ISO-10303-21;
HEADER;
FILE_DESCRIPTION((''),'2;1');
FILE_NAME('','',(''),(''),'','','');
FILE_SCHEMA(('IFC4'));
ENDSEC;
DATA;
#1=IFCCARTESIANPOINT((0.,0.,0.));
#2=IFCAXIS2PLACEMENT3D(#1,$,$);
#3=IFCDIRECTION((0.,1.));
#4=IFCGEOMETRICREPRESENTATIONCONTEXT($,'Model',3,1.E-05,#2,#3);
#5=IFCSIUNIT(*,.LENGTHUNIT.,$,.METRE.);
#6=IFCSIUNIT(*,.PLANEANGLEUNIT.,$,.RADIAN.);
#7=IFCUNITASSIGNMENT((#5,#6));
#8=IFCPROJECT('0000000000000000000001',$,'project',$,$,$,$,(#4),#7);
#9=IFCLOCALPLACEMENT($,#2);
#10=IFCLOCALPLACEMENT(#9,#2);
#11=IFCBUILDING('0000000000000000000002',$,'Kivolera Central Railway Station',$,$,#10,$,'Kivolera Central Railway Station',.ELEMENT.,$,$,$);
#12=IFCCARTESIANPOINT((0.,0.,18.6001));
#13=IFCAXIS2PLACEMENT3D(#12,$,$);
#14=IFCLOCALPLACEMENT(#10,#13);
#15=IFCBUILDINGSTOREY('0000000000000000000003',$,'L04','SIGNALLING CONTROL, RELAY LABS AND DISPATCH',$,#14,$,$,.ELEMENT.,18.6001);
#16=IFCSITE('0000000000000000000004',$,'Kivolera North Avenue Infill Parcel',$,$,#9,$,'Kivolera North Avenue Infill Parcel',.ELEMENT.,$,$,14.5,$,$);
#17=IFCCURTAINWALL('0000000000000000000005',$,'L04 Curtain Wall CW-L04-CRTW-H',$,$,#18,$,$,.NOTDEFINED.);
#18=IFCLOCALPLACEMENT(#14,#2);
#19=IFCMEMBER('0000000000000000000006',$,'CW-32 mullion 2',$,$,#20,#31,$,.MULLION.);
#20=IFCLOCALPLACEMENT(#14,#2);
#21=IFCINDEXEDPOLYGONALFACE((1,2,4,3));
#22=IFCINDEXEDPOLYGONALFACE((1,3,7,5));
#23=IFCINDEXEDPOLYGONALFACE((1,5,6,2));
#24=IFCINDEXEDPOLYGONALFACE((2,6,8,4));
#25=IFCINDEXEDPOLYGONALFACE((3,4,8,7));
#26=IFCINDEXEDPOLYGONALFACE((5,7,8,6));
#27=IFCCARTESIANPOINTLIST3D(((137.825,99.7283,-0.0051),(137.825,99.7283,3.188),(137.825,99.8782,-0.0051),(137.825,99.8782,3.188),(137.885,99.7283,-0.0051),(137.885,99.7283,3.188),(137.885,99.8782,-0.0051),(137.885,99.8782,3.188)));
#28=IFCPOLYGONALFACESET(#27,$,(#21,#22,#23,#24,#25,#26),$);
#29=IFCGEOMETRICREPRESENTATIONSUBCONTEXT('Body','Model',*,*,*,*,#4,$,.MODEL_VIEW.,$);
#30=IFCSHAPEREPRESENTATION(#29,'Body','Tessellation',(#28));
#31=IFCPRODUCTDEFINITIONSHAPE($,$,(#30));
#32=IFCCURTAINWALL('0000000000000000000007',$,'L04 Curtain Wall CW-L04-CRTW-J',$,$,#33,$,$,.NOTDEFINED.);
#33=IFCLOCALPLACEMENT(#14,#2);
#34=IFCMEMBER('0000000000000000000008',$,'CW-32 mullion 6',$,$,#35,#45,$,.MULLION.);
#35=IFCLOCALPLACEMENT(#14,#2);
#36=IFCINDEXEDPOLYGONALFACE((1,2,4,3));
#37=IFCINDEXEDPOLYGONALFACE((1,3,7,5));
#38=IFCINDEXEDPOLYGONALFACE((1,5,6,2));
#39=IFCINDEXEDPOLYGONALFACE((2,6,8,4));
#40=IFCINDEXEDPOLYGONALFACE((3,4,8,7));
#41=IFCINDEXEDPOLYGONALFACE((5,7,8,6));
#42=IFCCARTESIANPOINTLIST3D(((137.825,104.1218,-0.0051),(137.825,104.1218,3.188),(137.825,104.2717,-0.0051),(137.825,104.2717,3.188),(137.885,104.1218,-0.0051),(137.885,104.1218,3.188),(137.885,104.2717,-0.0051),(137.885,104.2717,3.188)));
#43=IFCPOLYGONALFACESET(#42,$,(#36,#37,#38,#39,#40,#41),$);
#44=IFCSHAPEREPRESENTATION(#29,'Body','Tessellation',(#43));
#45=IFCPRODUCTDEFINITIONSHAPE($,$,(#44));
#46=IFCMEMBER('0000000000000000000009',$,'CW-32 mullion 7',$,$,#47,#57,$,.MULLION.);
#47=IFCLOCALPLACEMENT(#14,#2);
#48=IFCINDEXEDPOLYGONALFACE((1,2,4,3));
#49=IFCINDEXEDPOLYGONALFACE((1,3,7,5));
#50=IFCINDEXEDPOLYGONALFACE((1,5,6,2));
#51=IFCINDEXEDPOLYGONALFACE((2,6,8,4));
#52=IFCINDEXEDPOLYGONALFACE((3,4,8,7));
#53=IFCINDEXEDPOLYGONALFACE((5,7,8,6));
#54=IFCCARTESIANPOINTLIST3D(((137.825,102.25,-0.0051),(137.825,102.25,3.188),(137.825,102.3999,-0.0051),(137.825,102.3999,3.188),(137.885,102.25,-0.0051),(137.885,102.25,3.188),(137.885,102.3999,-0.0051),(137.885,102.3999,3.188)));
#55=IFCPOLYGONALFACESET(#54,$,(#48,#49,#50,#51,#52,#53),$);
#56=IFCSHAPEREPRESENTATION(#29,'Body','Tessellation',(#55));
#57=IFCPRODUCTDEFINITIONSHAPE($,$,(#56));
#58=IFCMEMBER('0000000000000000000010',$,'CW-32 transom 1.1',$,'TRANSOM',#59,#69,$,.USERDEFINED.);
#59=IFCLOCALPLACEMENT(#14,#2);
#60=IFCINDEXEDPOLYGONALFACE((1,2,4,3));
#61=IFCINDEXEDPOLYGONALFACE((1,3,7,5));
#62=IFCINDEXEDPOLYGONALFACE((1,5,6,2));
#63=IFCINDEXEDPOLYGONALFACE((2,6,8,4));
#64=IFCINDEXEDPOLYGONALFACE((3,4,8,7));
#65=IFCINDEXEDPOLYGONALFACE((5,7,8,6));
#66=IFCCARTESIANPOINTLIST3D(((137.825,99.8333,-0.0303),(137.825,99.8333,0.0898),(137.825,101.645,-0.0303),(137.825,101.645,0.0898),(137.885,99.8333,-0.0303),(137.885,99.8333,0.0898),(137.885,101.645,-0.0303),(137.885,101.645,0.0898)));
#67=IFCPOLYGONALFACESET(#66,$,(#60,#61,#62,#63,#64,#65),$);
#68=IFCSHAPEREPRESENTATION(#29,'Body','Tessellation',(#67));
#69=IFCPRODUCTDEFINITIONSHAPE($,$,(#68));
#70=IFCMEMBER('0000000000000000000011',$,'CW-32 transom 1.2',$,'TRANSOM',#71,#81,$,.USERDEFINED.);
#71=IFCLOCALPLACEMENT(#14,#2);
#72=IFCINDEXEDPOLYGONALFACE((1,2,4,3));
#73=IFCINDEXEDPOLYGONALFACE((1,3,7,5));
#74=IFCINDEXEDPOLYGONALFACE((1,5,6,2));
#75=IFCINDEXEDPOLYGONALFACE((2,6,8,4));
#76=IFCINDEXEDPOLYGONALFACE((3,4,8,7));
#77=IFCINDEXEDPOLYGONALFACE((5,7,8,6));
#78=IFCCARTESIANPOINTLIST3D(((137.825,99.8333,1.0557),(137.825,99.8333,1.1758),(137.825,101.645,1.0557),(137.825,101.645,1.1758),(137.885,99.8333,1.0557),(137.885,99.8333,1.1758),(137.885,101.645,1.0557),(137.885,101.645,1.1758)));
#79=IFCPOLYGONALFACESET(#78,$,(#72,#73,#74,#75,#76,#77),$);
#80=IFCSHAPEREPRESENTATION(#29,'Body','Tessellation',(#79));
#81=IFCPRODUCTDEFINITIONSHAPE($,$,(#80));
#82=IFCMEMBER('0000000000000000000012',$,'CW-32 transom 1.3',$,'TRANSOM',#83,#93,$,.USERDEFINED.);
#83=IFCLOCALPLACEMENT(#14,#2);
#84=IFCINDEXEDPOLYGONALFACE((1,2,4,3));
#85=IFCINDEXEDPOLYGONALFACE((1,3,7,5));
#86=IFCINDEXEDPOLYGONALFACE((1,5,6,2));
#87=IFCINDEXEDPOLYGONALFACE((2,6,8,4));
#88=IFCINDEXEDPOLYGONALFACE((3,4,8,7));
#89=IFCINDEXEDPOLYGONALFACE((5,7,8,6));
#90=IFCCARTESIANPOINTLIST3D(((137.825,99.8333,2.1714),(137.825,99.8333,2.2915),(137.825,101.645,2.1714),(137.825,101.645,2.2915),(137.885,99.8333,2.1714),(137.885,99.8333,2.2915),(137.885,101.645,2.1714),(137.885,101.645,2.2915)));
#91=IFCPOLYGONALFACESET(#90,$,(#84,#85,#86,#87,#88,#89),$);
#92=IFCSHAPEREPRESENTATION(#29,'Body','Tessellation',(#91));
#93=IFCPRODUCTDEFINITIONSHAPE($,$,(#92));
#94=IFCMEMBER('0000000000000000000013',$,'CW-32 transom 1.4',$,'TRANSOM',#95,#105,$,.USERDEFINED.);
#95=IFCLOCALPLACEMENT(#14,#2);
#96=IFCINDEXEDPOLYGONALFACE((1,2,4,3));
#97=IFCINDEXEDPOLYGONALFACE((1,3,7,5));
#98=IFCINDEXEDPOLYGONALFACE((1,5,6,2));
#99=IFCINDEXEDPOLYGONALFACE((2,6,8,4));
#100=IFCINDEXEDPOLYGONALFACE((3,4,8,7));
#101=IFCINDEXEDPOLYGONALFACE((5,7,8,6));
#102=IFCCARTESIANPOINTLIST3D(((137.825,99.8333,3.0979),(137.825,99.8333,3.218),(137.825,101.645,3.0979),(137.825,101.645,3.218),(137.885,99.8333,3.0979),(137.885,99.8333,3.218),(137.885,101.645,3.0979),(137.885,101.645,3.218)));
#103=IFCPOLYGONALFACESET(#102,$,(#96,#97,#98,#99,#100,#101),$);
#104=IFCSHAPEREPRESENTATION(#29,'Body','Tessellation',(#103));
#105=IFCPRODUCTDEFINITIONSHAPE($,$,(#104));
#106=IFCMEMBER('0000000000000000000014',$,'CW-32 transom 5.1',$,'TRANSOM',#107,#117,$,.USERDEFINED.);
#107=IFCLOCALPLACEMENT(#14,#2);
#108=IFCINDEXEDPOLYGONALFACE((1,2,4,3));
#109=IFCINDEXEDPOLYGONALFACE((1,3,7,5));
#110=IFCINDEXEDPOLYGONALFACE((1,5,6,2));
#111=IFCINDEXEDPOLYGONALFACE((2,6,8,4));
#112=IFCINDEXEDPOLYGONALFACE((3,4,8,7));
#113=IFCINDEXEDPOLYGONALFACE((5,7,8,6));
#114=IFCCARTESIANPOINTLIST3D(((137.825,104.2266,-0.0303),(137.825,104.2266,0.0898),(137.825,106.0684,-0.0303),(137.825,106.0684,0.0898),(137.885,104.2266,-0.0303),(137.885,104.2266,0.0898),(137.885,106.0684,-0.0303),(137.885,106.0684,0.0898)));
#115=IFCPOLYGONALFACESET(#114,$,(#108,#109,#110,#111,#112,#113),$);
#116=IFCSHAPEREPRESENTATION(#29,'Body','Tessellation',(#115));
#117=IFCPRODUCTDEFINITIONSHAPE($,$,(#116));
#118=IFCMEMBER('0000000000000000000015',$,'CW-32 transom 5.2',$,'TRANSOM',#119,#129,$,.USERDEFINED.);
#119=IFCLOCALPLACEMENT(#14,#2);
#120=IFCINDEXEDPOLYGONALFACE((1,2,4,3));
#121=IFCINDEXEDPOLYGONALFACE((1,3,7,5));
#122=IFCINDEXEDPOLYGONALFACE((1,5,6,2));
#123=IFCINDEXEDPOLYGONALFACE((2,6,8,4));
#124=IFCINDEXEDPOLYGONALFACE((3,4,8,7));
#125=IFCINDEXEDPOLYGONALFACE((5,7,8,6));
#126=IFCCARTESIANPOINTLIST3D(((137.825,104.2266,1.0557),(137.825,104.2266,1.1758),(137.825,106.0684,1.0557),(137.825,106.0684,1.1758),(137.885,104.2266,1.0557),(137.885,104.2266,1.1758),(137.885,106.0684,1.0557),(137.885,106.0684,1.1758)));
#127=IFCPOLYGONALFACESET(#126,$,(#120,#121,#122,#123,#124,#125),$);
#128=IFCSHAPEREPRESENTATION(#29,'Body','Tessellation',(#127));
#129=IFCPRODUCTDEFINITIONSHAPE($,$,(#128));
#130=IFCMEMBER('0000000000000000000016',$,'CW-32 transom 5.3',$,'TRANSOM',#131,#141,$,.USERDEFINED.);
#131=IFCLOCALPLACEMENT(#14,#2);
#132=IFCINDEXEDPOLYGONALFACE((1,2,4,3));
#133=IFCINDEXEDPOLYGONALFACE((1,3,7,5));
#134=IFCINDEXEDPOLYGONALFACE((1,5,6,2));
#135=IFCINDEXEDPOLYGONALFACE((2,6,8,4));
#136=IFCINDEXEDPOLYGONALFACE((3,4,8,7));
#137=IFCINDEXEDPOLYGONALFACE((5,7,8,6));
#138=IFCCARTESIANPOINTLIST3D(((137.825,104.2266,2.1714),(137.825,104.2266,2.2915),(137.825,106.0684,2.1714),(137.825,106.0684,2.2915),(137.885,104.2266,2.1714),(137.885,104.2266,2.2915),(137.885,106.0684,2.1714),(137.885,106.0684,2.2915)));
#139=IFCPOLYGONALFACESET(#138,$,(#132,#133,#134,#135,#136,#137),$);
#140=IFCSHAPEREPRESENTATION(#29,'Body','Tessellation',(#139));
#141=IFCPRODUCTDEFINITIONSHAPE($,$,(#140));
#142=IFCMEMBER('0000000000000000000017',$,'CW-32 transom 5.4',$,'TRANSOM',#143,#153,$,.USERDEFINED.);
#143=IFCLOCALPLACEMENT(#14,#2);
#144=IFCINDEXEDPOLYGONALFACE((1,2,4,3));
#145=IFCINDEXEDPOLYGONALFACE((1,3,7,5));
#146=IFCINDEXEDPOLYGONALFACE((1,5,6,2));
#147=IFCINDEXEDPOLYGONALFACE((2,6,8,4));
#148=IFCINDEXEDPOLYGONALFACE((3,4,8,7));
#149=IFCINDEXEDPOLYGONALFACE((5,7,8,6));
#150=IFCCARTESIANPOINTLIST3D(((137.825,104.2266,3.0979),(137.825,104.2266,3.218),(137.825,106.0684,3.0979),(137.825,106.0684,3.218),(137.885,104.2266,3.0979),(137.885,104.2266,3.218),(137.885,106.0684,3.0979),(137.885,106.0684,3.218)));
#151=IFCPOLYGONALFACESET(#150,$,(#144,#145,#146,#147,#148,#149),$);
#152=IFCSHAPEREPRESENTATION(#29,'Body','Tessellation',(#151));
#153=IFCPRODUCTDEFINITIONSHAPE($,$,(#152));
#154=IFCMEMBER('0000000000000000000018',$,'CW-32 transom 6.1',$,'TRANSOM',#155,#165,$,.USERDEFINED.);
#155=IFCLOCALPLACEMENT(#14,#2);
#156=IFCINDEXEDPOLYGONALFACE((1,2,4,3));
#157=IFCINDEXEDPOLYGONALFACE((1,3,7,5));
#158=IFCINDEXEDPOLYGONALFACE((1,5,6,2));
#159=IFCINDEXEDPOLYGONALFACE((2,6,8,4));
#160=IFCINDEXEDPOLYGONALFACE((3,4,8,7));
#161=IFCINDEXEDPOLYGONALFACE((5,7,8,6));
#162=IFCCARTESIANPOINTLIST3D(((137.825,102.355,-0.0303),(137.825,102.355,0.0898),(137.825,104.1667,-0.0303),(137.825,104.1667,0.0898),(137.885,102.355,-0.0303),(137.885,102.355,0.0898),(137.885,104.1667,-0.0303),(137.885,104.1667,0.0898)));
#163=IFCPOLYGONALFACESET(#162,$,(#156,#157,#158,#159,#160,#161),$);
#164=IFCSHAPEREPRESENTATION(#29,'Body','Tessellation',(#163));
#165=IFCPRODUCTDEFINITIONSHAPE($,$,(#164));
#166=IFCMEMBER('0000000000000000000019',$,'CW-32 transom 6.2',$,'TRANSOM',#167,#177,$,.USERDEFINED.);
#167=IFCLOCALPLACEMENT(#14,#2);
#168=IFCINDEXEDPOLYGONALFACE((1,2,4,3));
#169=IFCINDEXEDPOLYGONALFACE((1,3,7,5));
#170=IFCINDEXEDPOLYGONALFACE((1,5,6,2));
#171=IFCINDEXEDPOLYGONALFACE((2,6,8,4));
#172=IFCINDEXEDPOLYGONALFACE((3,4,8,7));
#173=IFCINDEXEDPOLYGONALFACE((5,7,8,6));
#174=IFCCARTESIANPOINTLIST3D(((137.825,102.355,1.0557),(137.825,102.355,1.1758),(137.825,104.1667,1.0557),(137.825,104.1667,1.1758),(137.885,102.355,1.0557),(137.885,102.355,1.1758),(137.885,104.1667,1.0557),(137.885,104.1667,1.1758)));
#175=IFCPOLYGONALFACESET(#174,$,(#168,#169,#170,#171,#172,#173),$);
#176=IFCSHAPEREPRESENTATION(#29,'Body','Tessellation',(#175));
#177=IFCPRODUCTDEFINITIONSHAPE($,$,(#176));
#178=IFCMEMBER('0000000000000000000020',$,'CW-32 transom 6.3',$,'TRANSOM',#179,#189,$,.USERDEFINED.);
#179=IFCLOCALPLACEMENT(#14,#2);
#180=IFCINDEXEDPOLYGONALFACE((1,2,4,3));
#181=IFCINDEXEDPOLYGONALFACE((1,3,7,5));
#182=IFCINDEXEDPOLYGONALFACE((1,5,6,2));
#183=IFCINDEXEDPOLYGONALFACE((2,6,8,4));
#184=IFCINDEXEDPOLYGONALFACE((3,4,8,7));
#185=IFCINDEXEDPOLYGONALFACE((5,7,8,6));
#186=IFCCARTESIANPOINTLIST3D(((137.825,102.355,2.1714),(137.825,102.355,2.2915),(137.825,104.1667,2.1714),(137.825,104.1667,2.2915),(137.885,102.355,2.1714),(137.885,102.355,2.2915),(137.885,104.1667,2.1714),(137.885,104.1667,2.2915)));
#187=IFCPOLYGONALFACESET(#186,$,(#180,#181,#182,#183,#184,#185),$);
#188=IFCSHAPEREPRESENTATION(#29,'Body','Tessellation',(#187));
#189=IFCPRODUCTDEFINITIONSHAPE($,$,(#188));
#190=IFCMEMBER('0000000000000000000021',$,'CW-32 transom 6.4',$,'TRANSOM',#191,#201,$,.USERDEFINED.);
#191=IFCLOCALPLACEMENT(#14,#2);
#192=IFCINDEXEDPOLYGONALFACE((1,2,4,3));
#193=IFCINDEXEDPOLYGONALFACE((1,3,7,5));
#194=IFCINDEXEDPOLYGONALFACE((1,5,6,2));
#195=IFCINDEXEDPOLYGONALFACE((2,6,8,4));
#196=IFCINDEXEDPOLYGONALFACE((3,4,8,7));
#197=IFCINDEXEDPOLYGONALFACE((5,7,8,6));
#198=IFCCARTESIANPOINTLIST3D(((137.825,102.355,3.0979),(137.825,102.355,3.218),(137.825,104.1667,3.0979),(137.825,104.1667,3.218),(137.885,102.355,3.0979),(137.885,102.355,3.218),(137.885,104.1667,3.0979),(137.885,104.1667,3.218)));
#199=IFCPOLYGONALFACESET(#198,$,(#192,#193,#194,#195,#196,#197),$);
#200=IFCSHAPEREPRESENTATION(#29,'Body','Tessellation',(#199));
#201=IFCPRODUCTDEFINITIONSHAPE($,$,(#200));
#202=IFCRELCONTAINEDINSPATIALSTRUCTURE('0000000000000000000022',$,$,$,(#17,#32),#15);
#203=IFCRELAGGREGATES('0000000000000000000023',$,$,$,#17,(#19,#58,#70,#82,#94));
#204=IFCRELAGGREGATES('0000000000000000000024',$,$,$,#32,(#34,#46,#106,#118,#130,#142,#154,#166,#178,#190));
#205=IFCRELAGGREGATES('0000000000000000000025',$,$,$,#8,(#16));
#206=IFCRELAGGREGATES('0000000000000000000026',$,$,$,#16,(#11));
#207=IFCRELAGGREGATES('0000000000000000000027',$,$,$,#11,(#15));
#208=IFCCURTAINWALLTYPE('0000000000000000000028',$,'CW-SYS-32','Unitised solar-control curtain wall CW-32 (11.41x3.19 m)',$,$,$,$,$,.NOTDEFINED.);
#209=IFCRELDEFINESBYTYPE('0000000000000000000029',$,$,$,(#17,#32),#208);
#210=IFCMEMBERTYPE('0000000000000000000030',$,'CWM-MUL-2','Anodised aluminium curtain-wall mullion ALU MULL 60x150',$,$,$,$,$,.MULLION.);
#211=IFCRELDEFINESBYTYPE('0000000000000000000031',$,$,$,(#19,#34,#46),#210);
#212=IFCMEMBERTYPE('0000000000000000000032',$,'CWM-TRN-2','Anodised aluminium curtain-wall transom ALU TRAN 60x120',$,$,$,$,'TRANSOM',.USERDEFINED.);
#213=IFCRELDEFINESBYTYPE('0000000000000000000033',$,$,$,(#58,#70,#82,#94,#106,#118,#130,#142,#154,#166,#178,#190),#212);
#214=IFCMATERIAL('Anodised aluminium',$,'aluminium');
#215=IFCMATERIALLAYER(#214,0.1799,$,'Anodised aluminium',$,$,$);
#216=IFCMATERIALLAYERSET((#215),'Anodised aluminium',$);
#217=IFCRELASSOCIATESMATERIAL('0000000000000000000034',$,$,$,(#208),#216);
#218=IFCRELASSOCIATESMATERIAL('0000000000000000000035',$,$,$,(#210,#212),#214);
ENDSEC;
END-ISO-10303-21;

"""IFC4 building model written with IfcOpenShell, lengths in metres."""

from ifc_helpers import new_model, si_unit, direction, frame, origin, origin_2d, place, context, subcontext, project, spatial, rectangle, extrude, material, layer, layer_set, material_profile, profile_set, type_object, element, aggregate, save


model = new_model("IFC4")

# Units and contexts
model_context = context("Model", 3, precision=1e-05, world=origin(), true_north=direction((0.0, 1.0)))
body_context = subcontext(model_context, "Body", "Model", "MODEL_VIEW")
ifc_project = project(units=[si_unit("LENGTHUNIT", "METRE"), si_unit("PLANEANGLEUNIT", "RADIAN")], contexts=[model_context])

# Site, building, storey
site_placement = place(None, origin())
site = spatial("IfcSite", under=ifc_project, at=site_placement, Name="Kivolera North Avenue Infill Parcel", LongName="Kivolera North Avenue Infill Parcel", CompositionType="ELEMENT", RefElevation=14.5)
building_placement = place(site_placement, origin())
building = spatial("IfcBuilding", under=site, at=building_placement, Name="Kivolera Central Railway Station", LongName="Kivolera Central Railway Station", CompositionType="ELEMENT")
storey_placement = place(building_placement, frame((0.0, 0.0, 18.6001)))
storey = spatial("IfcBuildingStorey", under=building, at=storey_placement, Name="L04", Description="SIGNALLING CONTROL, RELAY LABS AND DISPATCH", CompositionType="ELEMENT", Elevation=18.6001)

# Curtain walls, members
ifc_material_1 = material(Name="Anodised aluminium", Category="aluminium")
ifc_layer_1 = layer(ifc_material_1, 0.1799, Name="Anodised aluminium")
ifc_layer_set_1 = layer_set([ifc_layer_1], Name="Anodised aluminium")
curtain_wall_type = type_object("IfcCurtainWallType", Name="CW-SYS-32", Description="Unitised solar-control curtain wall CW-32 (11.41x3.19 m)", PredefinedType="NOTDEFINED", material=ifc_layer_set_1)
curtain_wall_1_placement = place(storey_placement, origin())
curtain_wall_1 = element("IfcCurtainWall", 1, at=curtain_wall_1_placement, inside=storey, type_object=curtain_wall_type, Name="L04 Curtain Wall CW-L04-CRTW-H", PredefinedType="NOTDEFINED")
ifc_material_profile_1 = material_profile(ifc_material_1, rectangle(XDim=0.0601, YDim=0.1499, at=origin_2d()), Name="ALU MULL 60x150")
ifc_profile_set_1 = profile_set([ifc_material_profile_1], Name="Anodised aluminium")
member_type_1 = type_object("IfcMemberType", Name="CWM-MUL-2", Description="Anodised aluminium curtain-wall mullion ALU MULL 60x150", PredefinedType="MULLION", material=ifc_profile_set_1)
member_1_placement = place(storey_placement, frame((137.855, 99.8032, -0.0051), z_axis=(0.0, 0.0, 1.0), x_axis=(1.0, 0.0, 0.0)))
member_1 = element("IfcMember", 2, at=member_1_placement, type_object=member_type_1, Name="CW-32 mullion 2", PredefinedType="MULLION", context=body_context, shape_type="SweptSolid", body=[
    extrude(rectangle(XDim=0.0601, YDim=0.1499, at=origin_2d()), origin(), (0.0, 0.0, 1.0), 3.1931),
])
curtain_wall_2_placement = place(storey_placement, origin())
curtain_wall_2 = element("IfcCurtainWall", 3, at=curtain_wall_2_placement, inside=storey, type_object=curtain_wall_type, Name="L04 Curtain Wall CW-L04-CRTW-J", PredefinedType="NOTDEFINED")
member_2_placement = place(storey_placement, frame((137.855, 104.1968, -0.0051), z_axis=(0.0, 0.0, 1.0), x_axis=(1.0, 0.0, 0.0)))
member_2 = element("IfcMember", 4, at=member_2_placement, type_object=member_type_1, Name="CW-32 mullion 6", PredefinedType="MULLION", context=body_context, shape_type="SweptSolid", body=[
    extrude(rectangle(XDim=0.0601, YDim=0.1499, at=origin_2d()), origin(), (0.0, 0.0, 1.0), 3.1931),
])
member_3_placement = place(storey_placement, frame((137.855, 102.325, -0.0051), z_axis=(0.0, 0.0, 1.0), x_axis=(1.0, 0.0, 0.0)))
member_3 = element("IfcMember", 5, at=member_3_placement, type_object=member_type_1, Name="CW-32 mullion 7", PredefinedType="MULLION", context=body_context, shape_type="SweptSolid", body=[
    extrude(rectangle(XDim=0.0601, YDim=0.1499, at=origin_2d()), origin(), (0.0, 0.0, 1.0), 3.1931),
])

# Members
ifc_material_profile_2 = material_profile(ifc_material_1, rectangle(XDim=0.0601, YDim=0.1201, at=origin_2d()), Name="ALU TRAN 60x120")
ifc_profile_set_2 = profile_set([ifc_material_profile_2], Name="Anodised aluminium")
member_type_2 = type_object("IfcMemberType", Name="CWM-TRN-2", Description="Anodised aluminium curtain-wall transom ALU TRAN 60x120", ElementType="TRANSOM", PredefinedType="USERDEFINED", material=ifc_profile_set_2)
member_4_placement = place(storey_placement, frame((137.855, 101.645, 0.0298), z_axis=(0.0, -1.0, 0.0), x_axis=(1.0, 0.0, 0.0)))
member_4 = element("IfcMember", 6, at=member_4_placement, type_object=member_type_2, Name="CW-32 transom 1.1", ObjectType="TRANSOM", PredefinedType="USERDEFINED", context=body_context, shape_type="SweptSolid", body=[
    extrude(rectangle(XDim=0.0601, YDim=0.1201, at=origin_2d()), origin(), (0.0, 0.0, 1.0), 1.8118),
])
member_5_placement = place(storey_placement, frame((137.855, 101.645, 1.1157), z_axis=(0.0, -1.0, 0.0), x_axis=(1.0, 0.0, 0.0)))
member_5 = element("IfcMember", 7, at=member_5_placement, type_object=member_type_2, Name="CW-32 transom 1.2", ObjectType="TRANSOM", PredefinedType="USERDEFINED", context=body_context, shape_type="SweptSolid", body=[
    extrude(rectangle(XDim=0.0601, YDim=0.1201, at=origin_2d()), origin(), (0.0, 0.0, 1.0), 1.8118),
])
member_6_placement = place(storey_placement, frame((137.855, 101.645, 2.2314), z_axis=(0.0, -1.0, 0.0), x_axis=(1.0, 0.0, 0.0)))
member_6 = element("IfcMember", 8, at=member_6_placement, type_object=member_type_2, Name="CW-32 transom 1.3", ObjectType="TRANSOM", PredefinedType="USERDEFINED", context=body_context, shape_type="SweptSolid", body=[
    extrude(rectangle(XDim=0.0601, YDim=0.1201, at=origin_2d()), origin(), (0.0, 0.0, 1.0), 1.8118),
])
member_7_placement = place(storey_placement, frame((137.855, 101.645, 3.158), z_axis=(0.0, -1.0, 0.0), x_axis=(1.0, 0.0, 0.0)))
member_7 = element("IfcMember", 9, at=member_7_placement, type_object=member_type_2, Name="CW-32 transom 1.4", ObjectType="TRANSOM", PredefinedType="USERDEFINED", context=body_context, shape_type="SweptSolid", body=[
    extrude(rectangle(XDim=0.0601, YDim=0.1201, at=origin_2d()), origin(), (0.0, 0.0, 1.0), 1.8118),
])
member_8_placement = place(storey_placement, frame((137.855, 106.0684, 0.0298), z_axis=(0.0, -1.0, 0.0), x_axis=(1.0, 0.0, 0.0)))
member_8 = element("IfcMember", 10, at=member_8_placement, type_object=member_type_2, Name="CW-32 transom 5.1", ObjectType="TRANSOM", PredefinedType="USERDEFINED", context=body_context, shape_type="SweptSolid", body=[
    extrude(rectangle(XDim=0.0601, YDim=0.1201, at=origin_2d()), origin(), (0.0, 0.0, 1.0), 1.8418),
])
member_9_placement = place(storey_placement, frame((137.855, 106.0684, 1.1157), z_axis=(0.0, -1.0, 0.0), x_axis=(1.0, 0.0, 0.0)))
member_9 = element("IfcMember", 11, at=member_9_placement, type_object=member_type_2, Name="CW-32 transom 5.2", ObjectType="TRANSOM", PredefinedType="USERDEFINED", context=body_context, shape_type="SweptSolid", body=[
    extrude(rectangle(XDim=0.0601, YDim=0.1201, at=origin_2d()), origin(), (0.0, 0.0, 1.0), 1.8418),
])
member_10_placement = place(storey_placement, frame((137.855, 106.0684, 2.2314), z_axis=(0.0, -1.0, 0.0), x_axis=(1.0, 0.0, 0.0)))
member_10 = element("IfcMember", 12, at=member_10_placement, type_object=member_type_2, Name="CW-32 transom 5.3", ObjectType="TRANSOM", PredefinedType="USERDEFINED", context=body_context, shape_type="SweptSolid", body=[
    extrude(rectangle(XDim=0.0601, YDim=0.1201, at=origin_2d()), origin(), (0.0, 0.0, 1.0), 1.8418),
])
member_11_placement = place(storey_placement, frame((137.855, 106.0684, 3.158), z_axis=(0.0, -1.0, 0.0), x_axis=(1.0, 0.0, 0.0)))
member_11 = element("IfcMember", 13, at=member_11_placement, type_object=member_type_2, Name="CW-32 transom 5.4", ObjectType="TRANSOM", PredefinedType="USERDEFINED", context=body_context, shape_type="SweptSolid", body=[
    extrude(rectangle(XDim=0.0601, YDim=0.1201, at=origin_2d()), origin(), (0.0, 0.0, 1.0), 1.8418),
])
member_12_placement = place(storey_placement, frame((137.855, 104.1667, 0.0298), z_axis=(0.0, -1.0, 0.0), x_axis=(1.0, 0.0, 0.0)))
member_12 = element("IfcMember", 14, at=member_12_placement, type_object=member_type_2, Name="CW-32 transom 6.1", ObjectType="TRANSOM", PredefinedType="USERDEFINED", context=body_context, shape_type="SweptSolid", body=[
    extrude(rectangle(XDim=0.0601, YDim=0.1201, at=origin_2d()), origin(), (0.0, 0.0, 1.0), 1.8118),
])
member_13_placement = place(storey_placement, frame((137.855, 104.1667, 1.1157), z_axis=(0.0, -1.0, 0.0), x_axis=(1.0, 0.0, 0.0)))
member_13 = element("IfcMember", 15, at=member_13_placement, type_object=member_type_2, Name="CW-32 transom 6.2", ObjectType="TRANSOM", PredefinedType="USERDEFINED", context=body_context, shape_type="SweptSolid", body=[
    extrude(rectangle(XDim=0.0601, YDim=0.1201, at=origin_2d()), origin(), (0.0, 0.0, 1.0), 1.8118),
])
member_14_placement = place(storey_placement, frame((137.855, 104.1667, 2.2314), z_axis=(0.0, -1.0, 0.0), x_axis=(1.0, 0.0, 0.0)))
member_14 = element("IfcMember", 16, at=member_14_placement, type_object=member_type_2, Name="CW-32 transom 6.3", ObjectType="TRANSOM", PredefinedType="USERDEFINED", context=body_context, shape_type="SweptSolid", body=[
    extrude(rectangle(XDim=0.0601, YDim=0.1201, at=origin_2d()), origin(), (0.0, 0.0, 1.0), 1.8118),
])
member_15_placement = place(storey_placement, frame((137.855, 104.1667, 3.158), z_axis=(0.0, -1.0, 0.0), x_axis=(1.0, 0.0, 0.0)))
member_15 = element("IfcMember", 17, at=member_15_placement, type_object=member_type_2, Name="CW-32 transom 6.4", ObjectType="TRANSOM", PredefinedType="USERDEFINED", context=body_context, shape_type="SweptSolid", body=[
    extrude(rectangle(XDim=0.0601, YDim=0.1201, at=origin_2d()), origin(), (0.0, 0.0, 1.0), 1.8118),
])

aggregate(curtain_wall_1, [member_1, member_4, member_5, member_6, member_7])
aggregate(curtain_wall_2, [member_2, member_3, member_8, member_9, member_10, member_11, member_12, member_13, member_14, member_15])

save(model, "model.ifc")
